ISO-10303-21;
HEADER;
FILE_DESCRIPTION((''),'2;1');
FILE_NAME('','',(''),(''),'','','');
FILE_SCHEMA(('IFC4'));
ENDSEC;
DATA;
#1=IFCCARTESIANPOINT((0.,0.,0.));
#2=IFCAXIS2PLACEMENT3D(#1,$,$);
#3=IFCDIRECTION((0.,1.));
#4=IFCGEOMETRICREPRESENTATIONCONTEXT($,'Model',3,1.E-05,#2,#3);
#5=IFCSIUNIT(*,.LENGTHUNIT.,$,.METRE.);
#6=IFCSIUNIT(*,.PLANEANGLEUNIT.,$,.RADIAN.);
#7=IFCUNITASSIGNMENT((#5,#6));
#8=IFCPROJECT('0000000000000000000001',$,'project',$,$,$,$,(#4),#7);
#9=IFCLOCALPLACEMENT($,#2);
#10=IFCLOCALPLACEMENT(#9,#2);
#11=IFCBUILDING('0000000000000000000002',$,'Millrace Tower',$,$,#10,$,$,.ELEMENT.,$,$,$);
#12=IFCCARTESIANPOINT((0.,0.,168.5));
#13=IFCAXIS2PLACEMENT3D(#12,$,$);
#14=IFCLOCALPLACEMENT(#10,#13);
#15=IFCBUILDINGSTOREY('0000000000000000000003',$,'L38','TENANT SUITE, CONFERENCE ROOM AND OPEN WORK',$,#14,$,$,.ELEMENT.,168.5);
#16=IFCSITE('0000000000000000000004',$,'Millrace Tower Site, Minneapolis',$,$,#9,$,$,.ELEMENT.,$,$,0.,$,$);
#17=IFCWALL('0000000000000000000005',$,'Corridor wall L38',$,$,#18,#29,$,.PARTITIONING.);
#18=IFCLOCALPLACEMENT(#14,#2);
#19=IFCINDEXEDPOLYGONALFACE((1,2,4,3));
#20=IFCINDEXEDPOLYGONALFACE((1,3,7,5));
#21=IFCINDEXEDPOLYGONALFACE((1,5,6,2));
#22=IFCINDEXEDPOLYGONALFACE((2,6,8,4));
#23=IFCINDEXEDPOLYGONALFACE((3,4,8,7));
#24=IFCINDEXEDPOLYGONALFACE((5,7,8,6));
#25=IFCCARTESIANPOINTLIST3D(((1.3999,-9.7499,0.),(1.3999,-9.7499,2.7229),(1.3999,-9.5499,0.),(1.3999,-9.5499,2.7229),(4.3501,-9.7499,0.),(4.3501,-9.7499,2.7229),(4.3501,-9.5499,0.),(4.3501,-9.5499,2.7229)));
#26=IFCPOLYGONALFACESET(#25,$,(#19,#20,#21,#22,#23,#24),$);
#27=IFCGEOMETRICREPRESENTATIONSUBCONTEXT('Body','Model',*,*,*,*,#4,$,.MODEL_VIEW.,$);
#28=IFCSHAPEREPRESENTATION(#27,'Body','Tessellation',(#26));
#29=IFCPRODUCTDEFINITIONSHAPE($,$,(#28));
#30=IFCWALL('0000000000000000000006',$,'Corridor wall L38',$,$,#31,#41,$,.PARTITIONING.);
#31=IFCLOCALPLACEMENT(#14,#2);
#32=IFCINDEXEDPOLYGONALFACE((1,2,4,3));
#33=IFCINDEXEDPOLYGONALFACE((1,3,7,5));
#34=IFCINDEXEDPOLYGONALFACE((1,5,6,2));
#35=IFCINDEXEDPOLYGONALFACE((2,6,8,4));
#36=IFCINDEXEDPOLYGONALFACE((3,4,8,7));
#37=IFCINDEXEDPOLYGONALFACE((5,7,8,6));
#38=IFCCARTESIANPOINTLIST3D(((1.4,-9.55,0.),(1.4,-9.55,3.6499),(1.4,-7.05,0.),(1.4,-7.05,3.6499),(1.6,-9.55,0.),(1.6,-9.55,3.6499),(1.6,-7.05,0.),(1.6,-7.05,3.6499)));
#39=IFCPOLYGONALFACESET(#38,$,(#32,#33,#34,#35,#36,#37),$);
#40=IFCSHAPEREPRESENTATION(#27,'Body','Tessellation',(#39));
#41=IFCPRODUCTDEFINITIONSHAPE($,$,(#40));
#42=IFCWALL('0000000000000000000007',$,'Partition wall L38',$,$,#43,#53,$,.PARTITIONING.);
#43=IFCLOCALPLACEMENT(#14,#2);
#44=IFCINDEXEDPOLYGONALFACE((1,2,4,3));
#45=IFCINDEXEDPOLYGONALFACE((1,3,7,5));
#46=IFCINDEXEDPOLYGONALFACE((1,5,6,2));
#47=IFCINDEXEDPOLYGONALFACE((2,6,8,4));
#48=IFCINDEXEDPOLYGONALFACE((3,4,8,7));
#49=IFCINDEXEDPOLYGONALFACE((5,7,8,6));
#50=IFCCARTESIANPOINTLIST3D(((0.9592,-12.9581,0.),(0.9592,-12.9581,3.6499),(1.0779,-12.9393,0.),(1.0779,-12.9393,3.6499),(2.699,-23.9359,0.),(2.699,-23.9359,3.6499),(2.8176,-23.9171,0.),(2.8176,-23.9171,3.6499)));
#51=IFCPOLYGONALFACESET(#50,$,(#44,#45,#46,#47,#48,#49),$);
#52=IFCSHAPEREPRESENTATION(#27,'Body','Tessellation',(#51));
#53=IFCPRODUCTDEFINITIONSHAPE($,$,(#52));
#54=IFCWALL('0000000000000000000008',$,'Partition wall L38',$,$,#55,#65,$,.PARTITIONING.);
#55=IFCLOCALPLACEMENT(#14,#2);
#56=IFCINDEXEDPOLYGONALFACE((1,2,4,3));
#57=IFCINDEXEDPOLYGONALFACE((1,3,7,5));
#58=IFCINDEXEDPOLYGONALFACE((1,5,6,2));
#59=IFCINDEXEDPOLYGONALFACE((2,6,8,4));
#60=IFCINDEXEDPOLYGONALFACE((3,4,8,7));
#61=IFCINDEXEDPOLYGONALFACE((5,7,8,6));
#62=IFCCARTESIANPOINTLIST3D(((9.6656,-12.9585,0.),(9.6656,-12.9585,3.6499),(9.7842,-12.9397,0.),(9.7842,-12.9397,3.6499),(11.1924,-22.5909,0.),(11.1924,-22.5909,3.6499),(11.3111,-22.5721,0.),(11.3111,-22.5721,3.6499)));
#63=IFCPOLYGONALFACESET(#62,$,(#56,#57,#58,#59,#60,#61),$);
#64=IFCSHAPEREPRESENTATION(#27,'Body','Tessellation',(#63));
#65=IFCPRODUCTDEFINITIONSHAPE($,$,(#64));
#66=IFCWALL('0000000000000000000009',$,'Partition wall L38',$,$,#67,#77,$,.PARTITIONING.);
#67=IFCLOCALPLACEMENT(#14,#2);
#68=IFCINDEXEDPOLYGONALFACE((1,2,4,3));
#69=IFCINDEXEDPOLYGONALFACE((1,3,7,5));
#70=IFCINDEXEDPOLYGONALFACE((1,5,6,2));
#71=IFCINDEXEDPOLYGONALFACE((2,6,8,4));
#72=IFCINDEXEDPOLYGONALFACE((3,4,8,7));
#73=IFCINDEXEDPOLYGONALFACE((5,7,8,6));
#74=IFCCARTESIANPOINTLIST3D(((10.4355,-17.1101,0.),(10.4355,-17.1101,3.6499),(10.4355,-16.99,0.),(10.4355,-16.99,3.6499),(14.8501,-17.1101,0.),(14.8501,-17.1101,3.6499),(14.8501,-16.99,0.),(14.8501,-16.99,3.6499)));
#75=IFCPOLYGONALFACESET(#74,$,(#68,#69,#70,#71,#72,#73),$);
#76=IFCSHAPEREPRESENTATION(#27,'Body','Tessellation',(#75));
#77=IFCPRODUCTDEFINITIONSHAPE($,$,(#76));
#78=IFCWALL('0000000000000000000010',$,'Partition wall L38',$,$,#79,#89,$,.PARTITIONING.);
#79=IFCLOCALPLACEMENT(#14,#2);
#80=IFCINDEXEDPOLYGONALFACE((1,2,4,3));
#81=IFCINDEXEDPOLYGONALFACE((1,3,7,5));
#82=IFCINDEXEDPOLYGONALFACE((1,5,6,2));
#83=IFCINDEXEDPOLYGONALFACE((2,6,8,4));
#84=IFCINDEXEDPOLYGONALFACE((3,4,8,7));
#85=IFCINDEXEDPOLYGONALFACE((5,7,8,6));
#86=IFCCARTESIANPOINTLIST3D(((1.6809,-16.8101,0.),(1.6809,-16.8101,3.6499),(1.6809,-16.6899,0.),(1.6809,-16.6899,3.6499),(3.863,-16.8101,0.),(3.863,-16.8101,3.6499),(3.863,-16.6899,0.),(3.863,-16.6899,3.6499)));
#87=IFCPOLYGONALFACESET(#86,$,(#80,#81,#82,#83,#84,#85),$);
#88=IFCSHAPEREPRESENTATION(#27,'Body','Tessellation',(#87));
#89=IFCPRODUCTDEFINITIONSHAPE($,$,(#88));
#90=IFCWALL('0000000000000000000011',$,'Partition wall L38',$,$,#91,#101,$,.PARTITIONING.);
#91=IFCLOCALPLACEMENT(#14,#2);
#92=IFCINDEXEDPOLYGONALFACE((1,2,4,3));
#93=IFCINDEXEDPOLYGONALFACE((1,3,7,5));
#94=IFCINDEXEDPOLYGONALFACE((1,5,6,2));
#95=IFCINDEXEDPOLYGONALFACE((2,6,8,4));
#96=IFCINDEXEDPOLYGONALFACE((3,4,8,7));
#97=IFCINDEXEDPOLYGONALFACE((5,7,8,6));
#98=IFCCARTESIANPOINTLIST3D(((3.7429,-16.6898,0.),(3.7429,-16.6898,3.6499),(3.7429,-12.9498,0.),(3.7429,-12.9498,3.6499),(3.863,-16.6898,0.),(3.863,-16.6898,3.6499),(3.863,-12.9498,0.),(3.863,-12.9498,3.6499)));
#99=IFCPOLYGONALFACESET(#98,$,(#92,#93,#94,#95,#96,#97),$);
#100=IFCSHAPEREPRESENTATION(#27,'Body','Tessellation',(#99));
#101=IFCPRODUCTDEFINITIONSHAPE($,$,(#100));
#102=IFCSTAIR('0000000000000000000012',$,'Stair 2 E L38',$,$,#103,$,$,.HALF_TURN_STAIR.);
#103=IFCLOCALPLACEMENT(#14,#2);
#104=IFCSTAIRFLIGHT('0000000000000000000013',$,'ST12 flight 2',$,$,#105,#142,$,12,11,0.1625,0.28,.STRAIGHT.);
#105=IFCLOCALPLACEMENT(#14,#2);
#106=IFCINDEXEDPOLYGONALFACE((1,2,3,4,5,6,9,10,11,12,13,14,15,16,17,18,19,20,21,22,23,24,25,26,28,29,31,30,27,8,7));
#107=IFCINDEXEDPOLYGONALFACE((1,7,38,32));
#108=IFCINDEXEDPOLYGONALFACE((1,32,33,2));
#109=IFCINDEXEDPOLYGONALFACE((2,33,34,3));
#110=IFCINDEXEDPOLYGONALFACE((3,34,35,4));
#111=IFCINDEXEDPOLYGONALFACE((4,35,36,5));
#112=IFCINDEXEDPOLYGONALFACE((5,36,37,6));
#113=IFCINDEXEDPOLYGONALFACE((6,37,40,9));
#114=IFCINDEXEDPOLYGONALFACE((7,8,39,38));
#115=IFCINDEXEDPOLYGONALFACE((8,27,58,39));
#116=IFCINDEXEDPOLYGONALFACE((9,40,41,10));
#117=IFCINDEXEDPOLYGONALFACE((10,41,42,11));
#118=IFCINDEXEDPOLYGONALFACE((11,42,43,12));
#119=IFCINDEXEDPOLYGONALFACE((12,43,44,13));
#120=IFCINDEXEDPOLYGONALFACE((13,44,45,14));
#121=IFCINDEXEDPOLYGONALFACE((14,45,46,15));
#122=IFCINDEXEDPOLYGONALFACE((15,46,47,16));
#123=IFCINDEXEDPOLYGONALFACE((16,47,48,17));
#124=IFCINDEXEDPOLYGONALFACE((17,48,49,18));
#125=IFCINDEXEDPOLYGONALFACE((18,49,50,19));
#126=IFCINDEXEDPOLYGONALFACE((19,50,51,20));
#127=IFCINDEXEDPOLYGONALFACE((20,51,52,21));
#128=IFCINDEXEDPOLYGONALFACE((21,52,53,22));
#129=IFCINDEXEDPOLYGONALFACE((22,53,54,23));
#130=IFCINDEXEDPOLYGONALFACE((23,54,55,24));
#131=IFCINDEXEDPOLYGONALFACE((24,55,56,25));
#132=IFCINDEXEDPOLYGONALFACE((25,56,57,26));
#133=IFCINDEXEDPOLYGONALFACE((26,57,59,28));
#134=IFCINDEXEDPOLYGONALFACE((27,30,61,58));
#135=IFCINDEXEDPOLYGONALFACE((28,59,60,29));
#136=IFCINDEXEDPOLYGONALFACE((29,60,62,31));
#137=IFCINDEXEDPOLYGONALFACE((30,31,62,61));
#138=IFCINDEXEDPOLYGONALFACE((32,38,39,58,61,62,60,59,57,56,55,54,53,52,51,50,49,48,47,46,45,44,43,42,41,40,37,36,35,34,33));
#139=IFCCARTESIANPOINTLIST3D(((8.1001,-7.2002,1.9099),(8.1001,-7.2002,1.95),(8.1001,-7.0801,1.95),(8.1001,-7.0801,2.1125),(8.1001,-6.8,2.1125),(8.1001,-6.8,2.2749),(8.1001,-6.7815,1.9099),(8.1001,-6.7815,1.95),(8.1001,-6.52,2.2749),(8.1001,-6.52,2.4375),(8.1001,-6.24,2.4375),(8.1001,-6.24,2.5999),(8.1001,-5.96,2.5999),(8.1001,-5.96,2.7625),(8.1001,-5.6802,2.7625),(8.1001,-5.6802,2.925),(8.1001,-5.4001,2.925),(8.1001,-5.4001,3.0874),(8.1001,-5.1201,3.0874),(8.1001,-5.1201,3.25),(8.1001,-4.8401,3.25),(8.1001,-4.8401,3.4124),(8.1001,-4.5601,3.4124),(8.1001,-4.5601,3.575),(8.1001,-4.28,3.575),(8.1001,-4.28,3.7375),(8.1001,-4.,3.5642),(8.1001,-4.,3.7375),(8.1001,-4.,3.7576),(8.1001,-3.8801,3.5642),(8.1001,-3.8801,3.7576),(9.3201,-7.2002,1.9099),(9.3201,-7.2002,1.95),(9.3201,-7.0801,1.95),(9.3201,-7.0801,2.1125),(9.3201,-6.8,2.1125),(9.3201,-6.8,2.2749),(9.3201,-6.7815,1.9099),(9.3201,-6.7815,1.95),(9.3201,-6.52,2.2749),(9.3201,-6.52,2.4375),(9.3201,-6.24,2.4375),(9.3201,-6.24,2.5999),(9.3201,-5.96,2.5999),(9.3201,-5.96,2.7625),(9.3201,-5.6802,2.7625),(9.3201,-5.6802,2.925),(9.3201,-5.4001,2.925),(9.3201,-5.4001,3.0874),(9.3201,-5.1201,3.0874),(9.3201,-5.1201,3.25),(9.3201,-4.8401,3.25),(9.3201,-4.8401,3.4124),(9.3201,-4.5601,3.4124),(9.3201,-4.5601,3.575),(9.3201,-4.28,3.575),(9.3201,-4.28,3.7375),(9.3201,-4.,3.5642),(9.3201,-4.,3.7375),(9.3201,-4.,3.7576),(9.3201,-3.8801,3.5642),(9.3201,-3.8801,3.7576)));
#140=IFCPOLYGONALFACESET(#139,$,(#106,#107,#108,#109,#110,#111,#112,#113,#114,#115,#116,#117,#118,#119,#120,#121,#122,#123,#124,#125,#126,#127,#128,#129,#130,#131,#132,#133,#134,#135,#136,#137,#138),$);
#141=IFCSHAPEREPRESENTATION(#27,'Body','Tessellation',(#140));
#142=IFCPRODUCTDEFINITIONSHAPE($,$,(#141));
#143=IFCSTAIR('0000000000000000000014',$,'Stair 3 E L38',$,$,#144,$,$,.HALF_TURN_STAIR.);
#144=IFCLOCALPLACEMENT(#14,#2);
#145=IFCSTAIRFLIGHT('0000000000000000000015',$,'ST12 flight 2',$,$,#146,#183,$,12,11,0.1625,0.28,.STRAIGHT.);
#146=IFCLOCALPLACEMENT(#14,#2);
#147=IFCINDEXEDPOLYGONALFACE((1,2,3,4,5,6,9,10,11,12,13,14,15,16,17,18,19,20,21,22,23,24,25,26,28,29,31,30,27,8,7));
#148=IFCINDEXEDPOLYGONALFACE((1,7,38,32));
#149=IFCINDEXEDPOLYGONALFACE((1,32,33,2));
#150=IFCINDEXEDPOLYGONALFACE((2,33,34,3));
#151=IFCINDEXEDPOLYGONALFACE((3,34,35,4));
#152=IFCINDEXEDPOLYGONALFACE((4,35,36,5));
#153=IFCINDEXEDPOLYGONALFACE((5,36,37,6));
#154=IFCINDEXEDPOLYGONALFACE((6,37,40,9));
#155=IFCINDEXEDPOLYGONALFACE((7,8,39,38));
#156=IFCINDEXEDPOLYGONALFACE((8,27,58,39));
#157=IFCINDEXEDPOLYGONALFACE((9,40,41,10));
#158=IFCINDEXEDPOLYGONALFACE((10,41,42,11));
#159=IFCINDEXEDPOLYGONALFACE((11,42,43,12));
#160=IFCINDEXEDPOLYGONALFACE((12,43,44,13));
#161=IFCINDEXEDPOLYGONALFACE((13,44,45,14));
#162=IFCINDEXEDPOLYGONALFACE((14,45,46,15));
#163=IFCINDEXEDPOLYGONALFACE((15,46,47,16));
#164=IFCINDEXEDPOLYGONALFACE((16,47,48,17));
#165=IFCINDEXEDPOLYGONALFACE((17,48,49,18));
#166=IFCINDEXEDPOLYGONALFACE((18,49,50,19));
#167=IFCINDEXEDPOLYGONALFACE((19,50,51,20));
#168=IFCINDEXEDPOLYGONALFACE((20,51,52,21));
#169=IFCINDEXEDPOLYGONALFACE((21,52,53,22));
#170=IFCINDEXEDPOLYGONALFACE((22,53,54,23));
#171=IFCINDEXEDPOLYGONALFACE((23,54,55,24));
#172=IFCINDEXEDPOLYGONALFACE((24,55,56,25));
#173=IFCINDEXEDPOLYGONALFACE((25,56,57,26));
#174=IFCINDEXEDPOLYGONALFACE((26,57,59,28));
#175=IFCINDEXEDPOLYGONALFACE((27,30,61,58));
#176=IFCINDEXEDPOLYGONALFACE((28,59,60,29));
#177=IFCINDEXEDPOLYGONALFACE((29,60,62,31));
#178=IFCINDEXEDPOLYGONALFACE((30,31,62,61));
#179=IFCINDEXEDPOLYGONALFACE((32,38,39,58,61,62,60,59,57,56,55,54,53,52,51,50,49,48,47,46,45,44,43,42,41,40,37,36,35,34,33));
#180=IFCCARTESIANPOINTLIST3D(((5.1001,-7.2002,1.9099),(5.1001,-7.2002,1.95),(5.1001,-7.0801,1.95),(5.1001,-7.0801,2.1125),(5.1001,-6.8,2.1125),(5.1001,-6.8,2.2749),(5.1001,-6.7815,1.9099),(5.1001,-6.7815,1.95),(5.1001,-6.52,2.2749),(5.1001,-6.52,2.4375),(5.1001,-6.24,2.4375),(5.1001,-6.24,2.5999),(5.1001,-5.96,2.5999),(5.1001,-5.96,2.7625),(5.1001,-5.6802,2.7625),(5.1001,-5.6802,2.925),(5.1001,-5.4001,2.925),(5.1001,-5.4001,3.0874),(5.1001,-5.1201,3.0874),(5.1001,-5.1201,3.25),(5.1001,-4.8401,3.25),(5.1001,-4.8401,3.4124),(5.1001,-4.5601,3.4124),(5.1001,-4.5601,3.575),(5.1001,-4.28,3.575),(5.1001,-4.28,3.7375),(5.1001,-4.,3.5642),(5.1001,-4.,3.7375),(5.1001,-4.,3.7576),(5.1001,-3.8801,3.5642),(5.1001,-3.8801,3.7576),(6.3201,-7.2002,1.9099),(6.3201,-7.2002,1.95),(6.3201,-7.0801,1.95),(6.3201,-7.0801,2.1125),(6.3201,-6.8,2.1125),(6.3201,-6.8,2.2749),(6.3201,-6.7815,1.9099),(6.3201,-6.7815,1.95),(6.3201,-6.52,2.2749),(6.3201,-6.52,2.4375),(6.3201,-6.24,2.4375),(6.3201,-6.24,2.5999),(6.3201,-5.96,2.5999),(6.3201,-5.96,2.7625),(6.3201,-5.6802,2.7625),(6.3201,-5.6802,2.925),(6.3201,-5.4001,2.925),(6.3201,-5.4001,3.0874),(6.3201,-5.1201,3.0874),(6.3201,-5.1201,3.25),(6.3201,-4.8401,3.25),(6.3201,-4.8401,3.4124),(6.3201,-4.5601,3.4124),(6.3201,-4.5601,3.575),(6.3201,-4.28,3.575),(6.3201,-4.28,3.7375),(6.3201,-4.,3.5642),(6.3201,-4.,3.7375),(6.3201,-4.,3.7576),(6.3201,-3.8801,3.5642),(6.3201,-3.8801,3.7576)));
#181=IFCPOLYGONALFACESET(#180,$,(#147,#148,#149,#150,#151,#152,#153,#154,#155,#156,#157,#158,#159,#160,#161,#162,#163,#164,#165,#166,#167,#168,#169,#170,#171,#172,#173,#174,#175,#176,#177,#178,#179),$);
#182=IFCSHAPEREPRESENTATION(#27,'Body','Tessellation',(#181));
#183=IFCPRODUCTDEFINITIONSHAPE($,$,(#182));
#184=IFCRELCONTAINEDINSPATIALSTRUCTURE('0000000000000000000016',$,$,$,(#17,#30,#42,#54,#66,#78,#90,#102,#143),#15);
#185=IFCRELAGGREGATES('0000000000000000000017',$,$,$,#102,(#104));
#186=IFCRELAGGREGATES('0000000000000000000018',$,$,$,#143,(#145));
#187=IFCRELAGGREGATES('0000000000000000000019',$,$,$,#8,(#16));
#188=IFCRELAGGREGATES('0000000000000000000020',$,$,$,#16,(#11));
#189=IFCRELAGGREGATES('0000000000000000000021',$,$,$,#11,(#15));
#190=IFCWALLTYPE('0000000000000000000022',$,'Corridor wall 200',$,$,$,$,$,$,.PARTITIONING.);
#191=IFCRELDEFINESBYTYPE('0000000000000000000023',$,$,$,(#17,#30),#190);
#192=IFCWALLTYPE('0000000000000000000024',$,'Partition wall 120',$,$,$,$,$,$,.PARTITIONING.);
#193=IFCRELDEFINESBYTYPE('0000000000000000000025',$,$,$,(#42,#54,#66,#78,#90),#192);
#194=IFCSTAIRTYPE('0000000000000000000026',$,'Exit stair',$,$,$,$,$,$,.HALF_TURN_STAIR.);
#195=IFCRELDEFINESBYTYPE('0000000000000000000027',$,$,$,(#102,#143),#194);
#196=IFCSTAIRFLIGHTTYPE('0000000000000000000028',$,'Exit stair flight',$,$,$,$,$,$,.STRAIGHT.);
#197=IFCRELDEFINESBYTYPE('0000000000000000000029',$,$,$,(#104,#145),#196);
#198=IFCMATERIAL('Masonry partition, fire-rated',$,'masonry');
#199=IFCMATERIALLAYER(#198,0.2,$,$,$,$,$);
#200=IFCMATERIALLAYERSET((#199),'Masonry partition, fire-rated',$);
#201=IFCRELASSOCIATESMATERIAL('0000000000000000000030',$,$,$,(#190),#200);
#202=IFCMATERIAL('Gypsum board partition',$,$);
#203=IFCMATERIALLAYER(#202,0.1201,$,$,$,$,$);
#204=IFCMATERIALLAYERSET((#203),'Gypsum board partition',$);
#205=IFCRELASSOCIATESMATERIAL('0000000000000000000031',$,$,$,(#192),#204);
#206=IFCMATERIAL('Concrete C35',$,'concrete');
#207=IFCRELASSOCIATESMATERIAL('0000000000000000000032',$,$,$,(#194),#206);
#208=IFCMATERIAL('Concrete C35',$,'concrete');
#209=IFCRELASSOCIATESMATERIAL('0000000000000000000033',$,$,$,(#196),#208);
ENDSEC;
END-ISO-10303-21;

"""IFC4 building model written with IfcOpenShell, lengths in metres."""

from ifc_helpers import new_model, si_unit, direction, frame, frame_2d, origin, place, context, subcontext, project, spatial, polyline, rectangle, outline, extrude, material, layer, layer_set, type_object, element, aggregate, save


model = new_model("IFC4")

# Units and contexts
model_context = context("Model", 3, precision=1e-05, world=origin(), true_north=direction((0.0, 1.0)))
body_context = subcontext(model_context, "Body", "Model", "MODEL_VIEW")
ifc_project = project(units=[si_unit("LENGTHUNIT", "METRE"), si_unit("PLANEANGLEUNIT", "RADIAN")], contexts=[model_context])

# Site, building, storey
site_placement = place(None, origin())
site = spatial("IfcSite", under=ifc_project, at=site_placement, Name="Millrace Tower Site, Minneapolis", CompositionType="ELEMENT", RefElevation=0.0)
building_placement = place(site_placement, origin())
building = spatial("IfcBuilding", under=site, at=building_placement, Name="Millrace Tower", CompositionType="ELEMENT")
storey_placement = place(building_placement, frame((0.0, 0.0, 168.5)))
storey = spatial("IfcBuildingStorey", under=building, at=storey_placement, Name="L38", Description="TENANT SUITE, CONFERENCE ROOM AND OPEN WORK", CompositionType="ELEMENT", Elevation=168.5)

# Shared definitions
placement = place(storey_placement, origin())

# Walls
ifc_material_1 = material(Name="Masonry partition, fire-rated", Category="masonry")
ifc_layer_1 = layer(ifc_material_1, 0.2)
ifc_layer_set_1 = layer_set([ifc_layer_1], Name="Masonry partition, fire-rated")
wall_type_1 = type_object("IfcWallType", Name="Corridor wall 200", PredefinedType="PARTITIONING", material=ifc_layer_set_1)
wall_1_placement = place(storey_placement, frame((1.3999, -9.6499, 0.0), z_axis=(0.0, 0.0, 1.0), x_axis=(1.0, 0.0, 0.0)))
element("IfcWall", 1, at=wall_1_placement, inside=storey, type_object=wall_type_1, Name="Corridor wall L38", PredefinedType="PARTITIONING", context=body_context, shape_type="SweptSolid", body=[
    extrude(rectangle(XDim=2.9502, YDim=0.2, at=frame_2d((1.4751, 0.0))), origin(), (0.0, 0.0, 1.0), 2.7229),
])
wall_2_placement = place(storey_placement, frame((1.5, -9.55, 0.0), z_axis=(0.0, 0.0, 1.0), x_axis=(0.0, 1.0, 0.0)))
element("IfcWall", 2, at=wall_2_placement, inside=storey, type_object=wall_type_1, Name="Corridor wall L38", PredefinedType="PARTITIONING", context=body_context, shape_type="SweptSolid", body=[
    extrude(rectangle(XDim=2.5, YDim=0.2, at=frame_2d((1.25, 0.0))), origin(), (0.0, 0.0, 1.0), 3.6499),
])
ifc_material_2 = material(Name="Gypsum board partition")
ifc_layer_2 = layer(ifc_material_2, 0.1201)
ifc_layer_set_2 = layer_set([ifc_layer_2], Name="Gypsum board partition")
wall_type_2 = type_object("IfcWallType", Name="Partition wall 120", PredefinedType="PARTITIONING", material=ifc_layer_set_2)
wall_3_placement = place(storey_placement, frame((1.0186, -12.9487, 0.0), z_axis=(0.0, 0.0, 1.0), x_axis=(0.156525, -0.987674, 0.0)))
element("IfcWall", 3, at=wall_3_placement, inside=storey, type_object=wall_type_2, Name="Partition wall L38", PredefinedType="PARTITIONING", context=body_context, shape_type="SweptSolid", body=[
    extrude(rectangle(XDim=11.1147, YDim=0.1201, at=frame_2d((5.5574, 0.0))), origin(), (0.0, 0.0, 1.0), 3.6499),
])
wall_4_placement = place(storey_placement, frame((9.7249, -12.949, 0.0), z_axis=(0.0, 0.0, 1.0), x_axis=(0.156559, -0.987669, 0.0)))
element("IfcWall", 4, at=wall_4_placement, inside=storey, type_object=wall_type_2, Name="Partition wall L38", PredefinedType="PARTITIONING", context=body_context, shape_type="SweptSolid", body=[
    extrude(rectangle(XDim=9.7527, YDim=0.1201, at=frame_2d((4.8765, 0.0))), origin(), (0.0, 0.0, 1.0), 3.6499),
])
wall_5_placement = place(storey_placement, frame((10.4355, -17.05, 0.0), z_axis=(0.0, 0.0, 1.0), x_axis=(1.0, 0.0, 0.0)))
element("IfcWall", 5, at=wall_5_placement, inside=storey, type_object=wall_type_2, Name="Partition wall L38", PredefinedType="PARTITIONING", context=body_context, shape_type="SweptSolid", body=[
    extrude(rectangle(XDim=4.4146, YDim=0.1201, at=frame_2d((2.2073, 0.0))), origin(), (0.0, 0.0, 1.0), 3.6499),
])
wall_6_placement = place(storey_placement, frame((1.6809, -16.75, 0.0), z_axis=(0.0, 0.0, 1.0), x_axis=(1.0, 0.0, 0.0)))
element("IfcWall", 6, at=wall_6_placement, inside=storey, type_object=wall_type_2, Name="Partition wall L38", PredefinedType="PARTITIONING", context=body_context, shape_type="SweptSolid", body=[
    extrude(rectangle(XDim=2.1821, YDim=0.1201, at=frame_2d((1.0911, 0.0))), origin(), (0.0, 0.0, 1.0), 3.6499),
])
wall_7_placement = place(storey_placement, frame((3.803, -16.6899, 0.0), z_axis=(0.0, 0.0, 1.0), x_axis=(0.0, 1.0, 0.0)))
element("IfcWall", 7, at=wall_7_placement, inside=storey, type_object=wall_type_2, Name="Partition wall L38", PredefinedType="PARTITIONING", context=body_context, shape_type="SweptSolid", body=[
    extrude(rectangle(XDim=3.74, YDim=0.1201, at=frame_2d((1.8701, 0.0))), origin(), (0.0, 0.0, 1.0), 3.6499),
])

# Stairs, stair flights
ifc_material_3 = material(Name="Concrete C35", Category="concrete")
stair_type = type_object("IfcStairType", Name="Exit stair", PredefinedType="HALF_TURN_STAIR", material=ifc_material_3)
stair_1 = element("IfcStair", 8, at=placement, inside=storey, type_object=stair_type, Name="Stair 2 E L38", PredefinedType="HALF_TURN_STAIR")
ifc_material_4 = material(Name="Concrete C35", Category="concrete")
stair_flight_type = type_object("IfcStairFlightType", Name="Exit stair flight", PredefinedType="STRAIGHT", material=ifc_material_4)
stair_flight_1_placement = place(storey_placement, frame((8.71, -7.0801, 1.95), z_axis=(0.0, 0.0, 1.0), x_axis=(0.0, 1.0, 0.0)))
stair_flight_1 = element("IfcStairFlight", 9, at=stair_flight_1_placement, type_object=stair_flight_type, Name="ST12 flight 2", NumberOfRisers=12, NumberOfTreads=11, PredefinedType="STRAIGHT", RiserHeight=0.1625, TreadLength=0.28, context=body_context, shape_type="SweptSolid", body=[
    extrude(outline(polyline([(-0.1201, -0.04), (-0.1201, 0.0), (0.0, 0.0), (0.0, 0.1626), (0.28, 0.1626), (0.28, 0.325), (0.5601, 0.325), (0.5601, 0.4875), (0.8401, 0.4875), (0.8401, 0.6499), (1.1201, 0.6499), (1.1201, 0.8125), (1.3999, 0.8125), (1.3999, 0.9751), (1.6799, 0.9751), (1.6799, 1.1375), (1.96, 1.1375), (1.96, 1.3), (2.24, 1.3), (2.24, 1.4624), (2.52, 1.4624), (2.52, 1.625), (2.8, 1.625), (2.8, 1.7876), (3.0801, 1.7876), (3.0801, 1.8076), (3.2, 1.8076), (3.2, 1.6143), (3.0801, 1.6143), (0.2986, 0.0), (0.2986, -0.04), (-0.1201, -0.04)])), frame((0.0, 0.6099, 0.0), z_axis=(0.0, -1.0, 0.0), x_axis=(1.0, 0.0, 0.0)), (0.0, 0.0, 1.0), 1.22),
])
aggregate(stair_1, [stair_flight_1])
stair_2 = element("IfcStair", 10, at=placement, inside=storey, type_object=stair_type, Name="Stair 3 E L38", PredefinedType="HALF_TURN_STAIR")
stair_flight_2_placement = place(storey_placement, frame((5.71, -7.0801, 1.95), z_axis=(0.0, 0.0, 1.0), x_axis=(0.0, 1.0, 0.0)))
stair_flight_2 = element("IfcStairFlight", 11, at=stair_flight_2_placement, type_object=stair_flight_type, Name="ST12 flight 2", NumberOfRisers=12, NumberOfTreads=11, PredefinedType="STRAIGHT", RiserHeight=0.1625, TreadLength=0.28, context=body_context, shape_type="SweptSolid", body=[
    extrude(outline(polyline([(-0.1201, -0.04), (-0.1201, 0.0), (0.0, 0.0), (0.0, 0.1626), (0.28, 0.1626), (0.28, 0.325), (0.5601, 0.325), (0.5601, 0.4875), (0.8401, 0.4875), (0.8401, 0.6499), (1.1201, 0.6499), (1.1201, 0.8125), (1.3999, 0.8125), (1.3999, 0.9751), (1.6799, 0.9751), (1.6799, 1.1375), (1.96, 1.1375), (1.96, 1.3), (2.24, 1.3), (2.24, 1.4624), (2.52, 1.4624), (2.52, 1.625), (2.8, 1.625), (2.8, 1.7876), (3.0801, 1.7876), (3.0801, 1.8076), (3.2, 1.8076), (3.2, 1.6143), (3.0801, 1.6143), (0.2986, 0.0), (0.2986, -0.04), (-0.1201, -0.04)])), frame((0.0, 0.6099, 0.0), z_axis=(0.0, -1.0, 0.0), x_axis=(1.0, 0.0, 0.0)), (0.0, 0.0, 1.0), 1.22),
])
aggregate(stair_2, [stair_flight_2])

save(model, "model.ifc")
